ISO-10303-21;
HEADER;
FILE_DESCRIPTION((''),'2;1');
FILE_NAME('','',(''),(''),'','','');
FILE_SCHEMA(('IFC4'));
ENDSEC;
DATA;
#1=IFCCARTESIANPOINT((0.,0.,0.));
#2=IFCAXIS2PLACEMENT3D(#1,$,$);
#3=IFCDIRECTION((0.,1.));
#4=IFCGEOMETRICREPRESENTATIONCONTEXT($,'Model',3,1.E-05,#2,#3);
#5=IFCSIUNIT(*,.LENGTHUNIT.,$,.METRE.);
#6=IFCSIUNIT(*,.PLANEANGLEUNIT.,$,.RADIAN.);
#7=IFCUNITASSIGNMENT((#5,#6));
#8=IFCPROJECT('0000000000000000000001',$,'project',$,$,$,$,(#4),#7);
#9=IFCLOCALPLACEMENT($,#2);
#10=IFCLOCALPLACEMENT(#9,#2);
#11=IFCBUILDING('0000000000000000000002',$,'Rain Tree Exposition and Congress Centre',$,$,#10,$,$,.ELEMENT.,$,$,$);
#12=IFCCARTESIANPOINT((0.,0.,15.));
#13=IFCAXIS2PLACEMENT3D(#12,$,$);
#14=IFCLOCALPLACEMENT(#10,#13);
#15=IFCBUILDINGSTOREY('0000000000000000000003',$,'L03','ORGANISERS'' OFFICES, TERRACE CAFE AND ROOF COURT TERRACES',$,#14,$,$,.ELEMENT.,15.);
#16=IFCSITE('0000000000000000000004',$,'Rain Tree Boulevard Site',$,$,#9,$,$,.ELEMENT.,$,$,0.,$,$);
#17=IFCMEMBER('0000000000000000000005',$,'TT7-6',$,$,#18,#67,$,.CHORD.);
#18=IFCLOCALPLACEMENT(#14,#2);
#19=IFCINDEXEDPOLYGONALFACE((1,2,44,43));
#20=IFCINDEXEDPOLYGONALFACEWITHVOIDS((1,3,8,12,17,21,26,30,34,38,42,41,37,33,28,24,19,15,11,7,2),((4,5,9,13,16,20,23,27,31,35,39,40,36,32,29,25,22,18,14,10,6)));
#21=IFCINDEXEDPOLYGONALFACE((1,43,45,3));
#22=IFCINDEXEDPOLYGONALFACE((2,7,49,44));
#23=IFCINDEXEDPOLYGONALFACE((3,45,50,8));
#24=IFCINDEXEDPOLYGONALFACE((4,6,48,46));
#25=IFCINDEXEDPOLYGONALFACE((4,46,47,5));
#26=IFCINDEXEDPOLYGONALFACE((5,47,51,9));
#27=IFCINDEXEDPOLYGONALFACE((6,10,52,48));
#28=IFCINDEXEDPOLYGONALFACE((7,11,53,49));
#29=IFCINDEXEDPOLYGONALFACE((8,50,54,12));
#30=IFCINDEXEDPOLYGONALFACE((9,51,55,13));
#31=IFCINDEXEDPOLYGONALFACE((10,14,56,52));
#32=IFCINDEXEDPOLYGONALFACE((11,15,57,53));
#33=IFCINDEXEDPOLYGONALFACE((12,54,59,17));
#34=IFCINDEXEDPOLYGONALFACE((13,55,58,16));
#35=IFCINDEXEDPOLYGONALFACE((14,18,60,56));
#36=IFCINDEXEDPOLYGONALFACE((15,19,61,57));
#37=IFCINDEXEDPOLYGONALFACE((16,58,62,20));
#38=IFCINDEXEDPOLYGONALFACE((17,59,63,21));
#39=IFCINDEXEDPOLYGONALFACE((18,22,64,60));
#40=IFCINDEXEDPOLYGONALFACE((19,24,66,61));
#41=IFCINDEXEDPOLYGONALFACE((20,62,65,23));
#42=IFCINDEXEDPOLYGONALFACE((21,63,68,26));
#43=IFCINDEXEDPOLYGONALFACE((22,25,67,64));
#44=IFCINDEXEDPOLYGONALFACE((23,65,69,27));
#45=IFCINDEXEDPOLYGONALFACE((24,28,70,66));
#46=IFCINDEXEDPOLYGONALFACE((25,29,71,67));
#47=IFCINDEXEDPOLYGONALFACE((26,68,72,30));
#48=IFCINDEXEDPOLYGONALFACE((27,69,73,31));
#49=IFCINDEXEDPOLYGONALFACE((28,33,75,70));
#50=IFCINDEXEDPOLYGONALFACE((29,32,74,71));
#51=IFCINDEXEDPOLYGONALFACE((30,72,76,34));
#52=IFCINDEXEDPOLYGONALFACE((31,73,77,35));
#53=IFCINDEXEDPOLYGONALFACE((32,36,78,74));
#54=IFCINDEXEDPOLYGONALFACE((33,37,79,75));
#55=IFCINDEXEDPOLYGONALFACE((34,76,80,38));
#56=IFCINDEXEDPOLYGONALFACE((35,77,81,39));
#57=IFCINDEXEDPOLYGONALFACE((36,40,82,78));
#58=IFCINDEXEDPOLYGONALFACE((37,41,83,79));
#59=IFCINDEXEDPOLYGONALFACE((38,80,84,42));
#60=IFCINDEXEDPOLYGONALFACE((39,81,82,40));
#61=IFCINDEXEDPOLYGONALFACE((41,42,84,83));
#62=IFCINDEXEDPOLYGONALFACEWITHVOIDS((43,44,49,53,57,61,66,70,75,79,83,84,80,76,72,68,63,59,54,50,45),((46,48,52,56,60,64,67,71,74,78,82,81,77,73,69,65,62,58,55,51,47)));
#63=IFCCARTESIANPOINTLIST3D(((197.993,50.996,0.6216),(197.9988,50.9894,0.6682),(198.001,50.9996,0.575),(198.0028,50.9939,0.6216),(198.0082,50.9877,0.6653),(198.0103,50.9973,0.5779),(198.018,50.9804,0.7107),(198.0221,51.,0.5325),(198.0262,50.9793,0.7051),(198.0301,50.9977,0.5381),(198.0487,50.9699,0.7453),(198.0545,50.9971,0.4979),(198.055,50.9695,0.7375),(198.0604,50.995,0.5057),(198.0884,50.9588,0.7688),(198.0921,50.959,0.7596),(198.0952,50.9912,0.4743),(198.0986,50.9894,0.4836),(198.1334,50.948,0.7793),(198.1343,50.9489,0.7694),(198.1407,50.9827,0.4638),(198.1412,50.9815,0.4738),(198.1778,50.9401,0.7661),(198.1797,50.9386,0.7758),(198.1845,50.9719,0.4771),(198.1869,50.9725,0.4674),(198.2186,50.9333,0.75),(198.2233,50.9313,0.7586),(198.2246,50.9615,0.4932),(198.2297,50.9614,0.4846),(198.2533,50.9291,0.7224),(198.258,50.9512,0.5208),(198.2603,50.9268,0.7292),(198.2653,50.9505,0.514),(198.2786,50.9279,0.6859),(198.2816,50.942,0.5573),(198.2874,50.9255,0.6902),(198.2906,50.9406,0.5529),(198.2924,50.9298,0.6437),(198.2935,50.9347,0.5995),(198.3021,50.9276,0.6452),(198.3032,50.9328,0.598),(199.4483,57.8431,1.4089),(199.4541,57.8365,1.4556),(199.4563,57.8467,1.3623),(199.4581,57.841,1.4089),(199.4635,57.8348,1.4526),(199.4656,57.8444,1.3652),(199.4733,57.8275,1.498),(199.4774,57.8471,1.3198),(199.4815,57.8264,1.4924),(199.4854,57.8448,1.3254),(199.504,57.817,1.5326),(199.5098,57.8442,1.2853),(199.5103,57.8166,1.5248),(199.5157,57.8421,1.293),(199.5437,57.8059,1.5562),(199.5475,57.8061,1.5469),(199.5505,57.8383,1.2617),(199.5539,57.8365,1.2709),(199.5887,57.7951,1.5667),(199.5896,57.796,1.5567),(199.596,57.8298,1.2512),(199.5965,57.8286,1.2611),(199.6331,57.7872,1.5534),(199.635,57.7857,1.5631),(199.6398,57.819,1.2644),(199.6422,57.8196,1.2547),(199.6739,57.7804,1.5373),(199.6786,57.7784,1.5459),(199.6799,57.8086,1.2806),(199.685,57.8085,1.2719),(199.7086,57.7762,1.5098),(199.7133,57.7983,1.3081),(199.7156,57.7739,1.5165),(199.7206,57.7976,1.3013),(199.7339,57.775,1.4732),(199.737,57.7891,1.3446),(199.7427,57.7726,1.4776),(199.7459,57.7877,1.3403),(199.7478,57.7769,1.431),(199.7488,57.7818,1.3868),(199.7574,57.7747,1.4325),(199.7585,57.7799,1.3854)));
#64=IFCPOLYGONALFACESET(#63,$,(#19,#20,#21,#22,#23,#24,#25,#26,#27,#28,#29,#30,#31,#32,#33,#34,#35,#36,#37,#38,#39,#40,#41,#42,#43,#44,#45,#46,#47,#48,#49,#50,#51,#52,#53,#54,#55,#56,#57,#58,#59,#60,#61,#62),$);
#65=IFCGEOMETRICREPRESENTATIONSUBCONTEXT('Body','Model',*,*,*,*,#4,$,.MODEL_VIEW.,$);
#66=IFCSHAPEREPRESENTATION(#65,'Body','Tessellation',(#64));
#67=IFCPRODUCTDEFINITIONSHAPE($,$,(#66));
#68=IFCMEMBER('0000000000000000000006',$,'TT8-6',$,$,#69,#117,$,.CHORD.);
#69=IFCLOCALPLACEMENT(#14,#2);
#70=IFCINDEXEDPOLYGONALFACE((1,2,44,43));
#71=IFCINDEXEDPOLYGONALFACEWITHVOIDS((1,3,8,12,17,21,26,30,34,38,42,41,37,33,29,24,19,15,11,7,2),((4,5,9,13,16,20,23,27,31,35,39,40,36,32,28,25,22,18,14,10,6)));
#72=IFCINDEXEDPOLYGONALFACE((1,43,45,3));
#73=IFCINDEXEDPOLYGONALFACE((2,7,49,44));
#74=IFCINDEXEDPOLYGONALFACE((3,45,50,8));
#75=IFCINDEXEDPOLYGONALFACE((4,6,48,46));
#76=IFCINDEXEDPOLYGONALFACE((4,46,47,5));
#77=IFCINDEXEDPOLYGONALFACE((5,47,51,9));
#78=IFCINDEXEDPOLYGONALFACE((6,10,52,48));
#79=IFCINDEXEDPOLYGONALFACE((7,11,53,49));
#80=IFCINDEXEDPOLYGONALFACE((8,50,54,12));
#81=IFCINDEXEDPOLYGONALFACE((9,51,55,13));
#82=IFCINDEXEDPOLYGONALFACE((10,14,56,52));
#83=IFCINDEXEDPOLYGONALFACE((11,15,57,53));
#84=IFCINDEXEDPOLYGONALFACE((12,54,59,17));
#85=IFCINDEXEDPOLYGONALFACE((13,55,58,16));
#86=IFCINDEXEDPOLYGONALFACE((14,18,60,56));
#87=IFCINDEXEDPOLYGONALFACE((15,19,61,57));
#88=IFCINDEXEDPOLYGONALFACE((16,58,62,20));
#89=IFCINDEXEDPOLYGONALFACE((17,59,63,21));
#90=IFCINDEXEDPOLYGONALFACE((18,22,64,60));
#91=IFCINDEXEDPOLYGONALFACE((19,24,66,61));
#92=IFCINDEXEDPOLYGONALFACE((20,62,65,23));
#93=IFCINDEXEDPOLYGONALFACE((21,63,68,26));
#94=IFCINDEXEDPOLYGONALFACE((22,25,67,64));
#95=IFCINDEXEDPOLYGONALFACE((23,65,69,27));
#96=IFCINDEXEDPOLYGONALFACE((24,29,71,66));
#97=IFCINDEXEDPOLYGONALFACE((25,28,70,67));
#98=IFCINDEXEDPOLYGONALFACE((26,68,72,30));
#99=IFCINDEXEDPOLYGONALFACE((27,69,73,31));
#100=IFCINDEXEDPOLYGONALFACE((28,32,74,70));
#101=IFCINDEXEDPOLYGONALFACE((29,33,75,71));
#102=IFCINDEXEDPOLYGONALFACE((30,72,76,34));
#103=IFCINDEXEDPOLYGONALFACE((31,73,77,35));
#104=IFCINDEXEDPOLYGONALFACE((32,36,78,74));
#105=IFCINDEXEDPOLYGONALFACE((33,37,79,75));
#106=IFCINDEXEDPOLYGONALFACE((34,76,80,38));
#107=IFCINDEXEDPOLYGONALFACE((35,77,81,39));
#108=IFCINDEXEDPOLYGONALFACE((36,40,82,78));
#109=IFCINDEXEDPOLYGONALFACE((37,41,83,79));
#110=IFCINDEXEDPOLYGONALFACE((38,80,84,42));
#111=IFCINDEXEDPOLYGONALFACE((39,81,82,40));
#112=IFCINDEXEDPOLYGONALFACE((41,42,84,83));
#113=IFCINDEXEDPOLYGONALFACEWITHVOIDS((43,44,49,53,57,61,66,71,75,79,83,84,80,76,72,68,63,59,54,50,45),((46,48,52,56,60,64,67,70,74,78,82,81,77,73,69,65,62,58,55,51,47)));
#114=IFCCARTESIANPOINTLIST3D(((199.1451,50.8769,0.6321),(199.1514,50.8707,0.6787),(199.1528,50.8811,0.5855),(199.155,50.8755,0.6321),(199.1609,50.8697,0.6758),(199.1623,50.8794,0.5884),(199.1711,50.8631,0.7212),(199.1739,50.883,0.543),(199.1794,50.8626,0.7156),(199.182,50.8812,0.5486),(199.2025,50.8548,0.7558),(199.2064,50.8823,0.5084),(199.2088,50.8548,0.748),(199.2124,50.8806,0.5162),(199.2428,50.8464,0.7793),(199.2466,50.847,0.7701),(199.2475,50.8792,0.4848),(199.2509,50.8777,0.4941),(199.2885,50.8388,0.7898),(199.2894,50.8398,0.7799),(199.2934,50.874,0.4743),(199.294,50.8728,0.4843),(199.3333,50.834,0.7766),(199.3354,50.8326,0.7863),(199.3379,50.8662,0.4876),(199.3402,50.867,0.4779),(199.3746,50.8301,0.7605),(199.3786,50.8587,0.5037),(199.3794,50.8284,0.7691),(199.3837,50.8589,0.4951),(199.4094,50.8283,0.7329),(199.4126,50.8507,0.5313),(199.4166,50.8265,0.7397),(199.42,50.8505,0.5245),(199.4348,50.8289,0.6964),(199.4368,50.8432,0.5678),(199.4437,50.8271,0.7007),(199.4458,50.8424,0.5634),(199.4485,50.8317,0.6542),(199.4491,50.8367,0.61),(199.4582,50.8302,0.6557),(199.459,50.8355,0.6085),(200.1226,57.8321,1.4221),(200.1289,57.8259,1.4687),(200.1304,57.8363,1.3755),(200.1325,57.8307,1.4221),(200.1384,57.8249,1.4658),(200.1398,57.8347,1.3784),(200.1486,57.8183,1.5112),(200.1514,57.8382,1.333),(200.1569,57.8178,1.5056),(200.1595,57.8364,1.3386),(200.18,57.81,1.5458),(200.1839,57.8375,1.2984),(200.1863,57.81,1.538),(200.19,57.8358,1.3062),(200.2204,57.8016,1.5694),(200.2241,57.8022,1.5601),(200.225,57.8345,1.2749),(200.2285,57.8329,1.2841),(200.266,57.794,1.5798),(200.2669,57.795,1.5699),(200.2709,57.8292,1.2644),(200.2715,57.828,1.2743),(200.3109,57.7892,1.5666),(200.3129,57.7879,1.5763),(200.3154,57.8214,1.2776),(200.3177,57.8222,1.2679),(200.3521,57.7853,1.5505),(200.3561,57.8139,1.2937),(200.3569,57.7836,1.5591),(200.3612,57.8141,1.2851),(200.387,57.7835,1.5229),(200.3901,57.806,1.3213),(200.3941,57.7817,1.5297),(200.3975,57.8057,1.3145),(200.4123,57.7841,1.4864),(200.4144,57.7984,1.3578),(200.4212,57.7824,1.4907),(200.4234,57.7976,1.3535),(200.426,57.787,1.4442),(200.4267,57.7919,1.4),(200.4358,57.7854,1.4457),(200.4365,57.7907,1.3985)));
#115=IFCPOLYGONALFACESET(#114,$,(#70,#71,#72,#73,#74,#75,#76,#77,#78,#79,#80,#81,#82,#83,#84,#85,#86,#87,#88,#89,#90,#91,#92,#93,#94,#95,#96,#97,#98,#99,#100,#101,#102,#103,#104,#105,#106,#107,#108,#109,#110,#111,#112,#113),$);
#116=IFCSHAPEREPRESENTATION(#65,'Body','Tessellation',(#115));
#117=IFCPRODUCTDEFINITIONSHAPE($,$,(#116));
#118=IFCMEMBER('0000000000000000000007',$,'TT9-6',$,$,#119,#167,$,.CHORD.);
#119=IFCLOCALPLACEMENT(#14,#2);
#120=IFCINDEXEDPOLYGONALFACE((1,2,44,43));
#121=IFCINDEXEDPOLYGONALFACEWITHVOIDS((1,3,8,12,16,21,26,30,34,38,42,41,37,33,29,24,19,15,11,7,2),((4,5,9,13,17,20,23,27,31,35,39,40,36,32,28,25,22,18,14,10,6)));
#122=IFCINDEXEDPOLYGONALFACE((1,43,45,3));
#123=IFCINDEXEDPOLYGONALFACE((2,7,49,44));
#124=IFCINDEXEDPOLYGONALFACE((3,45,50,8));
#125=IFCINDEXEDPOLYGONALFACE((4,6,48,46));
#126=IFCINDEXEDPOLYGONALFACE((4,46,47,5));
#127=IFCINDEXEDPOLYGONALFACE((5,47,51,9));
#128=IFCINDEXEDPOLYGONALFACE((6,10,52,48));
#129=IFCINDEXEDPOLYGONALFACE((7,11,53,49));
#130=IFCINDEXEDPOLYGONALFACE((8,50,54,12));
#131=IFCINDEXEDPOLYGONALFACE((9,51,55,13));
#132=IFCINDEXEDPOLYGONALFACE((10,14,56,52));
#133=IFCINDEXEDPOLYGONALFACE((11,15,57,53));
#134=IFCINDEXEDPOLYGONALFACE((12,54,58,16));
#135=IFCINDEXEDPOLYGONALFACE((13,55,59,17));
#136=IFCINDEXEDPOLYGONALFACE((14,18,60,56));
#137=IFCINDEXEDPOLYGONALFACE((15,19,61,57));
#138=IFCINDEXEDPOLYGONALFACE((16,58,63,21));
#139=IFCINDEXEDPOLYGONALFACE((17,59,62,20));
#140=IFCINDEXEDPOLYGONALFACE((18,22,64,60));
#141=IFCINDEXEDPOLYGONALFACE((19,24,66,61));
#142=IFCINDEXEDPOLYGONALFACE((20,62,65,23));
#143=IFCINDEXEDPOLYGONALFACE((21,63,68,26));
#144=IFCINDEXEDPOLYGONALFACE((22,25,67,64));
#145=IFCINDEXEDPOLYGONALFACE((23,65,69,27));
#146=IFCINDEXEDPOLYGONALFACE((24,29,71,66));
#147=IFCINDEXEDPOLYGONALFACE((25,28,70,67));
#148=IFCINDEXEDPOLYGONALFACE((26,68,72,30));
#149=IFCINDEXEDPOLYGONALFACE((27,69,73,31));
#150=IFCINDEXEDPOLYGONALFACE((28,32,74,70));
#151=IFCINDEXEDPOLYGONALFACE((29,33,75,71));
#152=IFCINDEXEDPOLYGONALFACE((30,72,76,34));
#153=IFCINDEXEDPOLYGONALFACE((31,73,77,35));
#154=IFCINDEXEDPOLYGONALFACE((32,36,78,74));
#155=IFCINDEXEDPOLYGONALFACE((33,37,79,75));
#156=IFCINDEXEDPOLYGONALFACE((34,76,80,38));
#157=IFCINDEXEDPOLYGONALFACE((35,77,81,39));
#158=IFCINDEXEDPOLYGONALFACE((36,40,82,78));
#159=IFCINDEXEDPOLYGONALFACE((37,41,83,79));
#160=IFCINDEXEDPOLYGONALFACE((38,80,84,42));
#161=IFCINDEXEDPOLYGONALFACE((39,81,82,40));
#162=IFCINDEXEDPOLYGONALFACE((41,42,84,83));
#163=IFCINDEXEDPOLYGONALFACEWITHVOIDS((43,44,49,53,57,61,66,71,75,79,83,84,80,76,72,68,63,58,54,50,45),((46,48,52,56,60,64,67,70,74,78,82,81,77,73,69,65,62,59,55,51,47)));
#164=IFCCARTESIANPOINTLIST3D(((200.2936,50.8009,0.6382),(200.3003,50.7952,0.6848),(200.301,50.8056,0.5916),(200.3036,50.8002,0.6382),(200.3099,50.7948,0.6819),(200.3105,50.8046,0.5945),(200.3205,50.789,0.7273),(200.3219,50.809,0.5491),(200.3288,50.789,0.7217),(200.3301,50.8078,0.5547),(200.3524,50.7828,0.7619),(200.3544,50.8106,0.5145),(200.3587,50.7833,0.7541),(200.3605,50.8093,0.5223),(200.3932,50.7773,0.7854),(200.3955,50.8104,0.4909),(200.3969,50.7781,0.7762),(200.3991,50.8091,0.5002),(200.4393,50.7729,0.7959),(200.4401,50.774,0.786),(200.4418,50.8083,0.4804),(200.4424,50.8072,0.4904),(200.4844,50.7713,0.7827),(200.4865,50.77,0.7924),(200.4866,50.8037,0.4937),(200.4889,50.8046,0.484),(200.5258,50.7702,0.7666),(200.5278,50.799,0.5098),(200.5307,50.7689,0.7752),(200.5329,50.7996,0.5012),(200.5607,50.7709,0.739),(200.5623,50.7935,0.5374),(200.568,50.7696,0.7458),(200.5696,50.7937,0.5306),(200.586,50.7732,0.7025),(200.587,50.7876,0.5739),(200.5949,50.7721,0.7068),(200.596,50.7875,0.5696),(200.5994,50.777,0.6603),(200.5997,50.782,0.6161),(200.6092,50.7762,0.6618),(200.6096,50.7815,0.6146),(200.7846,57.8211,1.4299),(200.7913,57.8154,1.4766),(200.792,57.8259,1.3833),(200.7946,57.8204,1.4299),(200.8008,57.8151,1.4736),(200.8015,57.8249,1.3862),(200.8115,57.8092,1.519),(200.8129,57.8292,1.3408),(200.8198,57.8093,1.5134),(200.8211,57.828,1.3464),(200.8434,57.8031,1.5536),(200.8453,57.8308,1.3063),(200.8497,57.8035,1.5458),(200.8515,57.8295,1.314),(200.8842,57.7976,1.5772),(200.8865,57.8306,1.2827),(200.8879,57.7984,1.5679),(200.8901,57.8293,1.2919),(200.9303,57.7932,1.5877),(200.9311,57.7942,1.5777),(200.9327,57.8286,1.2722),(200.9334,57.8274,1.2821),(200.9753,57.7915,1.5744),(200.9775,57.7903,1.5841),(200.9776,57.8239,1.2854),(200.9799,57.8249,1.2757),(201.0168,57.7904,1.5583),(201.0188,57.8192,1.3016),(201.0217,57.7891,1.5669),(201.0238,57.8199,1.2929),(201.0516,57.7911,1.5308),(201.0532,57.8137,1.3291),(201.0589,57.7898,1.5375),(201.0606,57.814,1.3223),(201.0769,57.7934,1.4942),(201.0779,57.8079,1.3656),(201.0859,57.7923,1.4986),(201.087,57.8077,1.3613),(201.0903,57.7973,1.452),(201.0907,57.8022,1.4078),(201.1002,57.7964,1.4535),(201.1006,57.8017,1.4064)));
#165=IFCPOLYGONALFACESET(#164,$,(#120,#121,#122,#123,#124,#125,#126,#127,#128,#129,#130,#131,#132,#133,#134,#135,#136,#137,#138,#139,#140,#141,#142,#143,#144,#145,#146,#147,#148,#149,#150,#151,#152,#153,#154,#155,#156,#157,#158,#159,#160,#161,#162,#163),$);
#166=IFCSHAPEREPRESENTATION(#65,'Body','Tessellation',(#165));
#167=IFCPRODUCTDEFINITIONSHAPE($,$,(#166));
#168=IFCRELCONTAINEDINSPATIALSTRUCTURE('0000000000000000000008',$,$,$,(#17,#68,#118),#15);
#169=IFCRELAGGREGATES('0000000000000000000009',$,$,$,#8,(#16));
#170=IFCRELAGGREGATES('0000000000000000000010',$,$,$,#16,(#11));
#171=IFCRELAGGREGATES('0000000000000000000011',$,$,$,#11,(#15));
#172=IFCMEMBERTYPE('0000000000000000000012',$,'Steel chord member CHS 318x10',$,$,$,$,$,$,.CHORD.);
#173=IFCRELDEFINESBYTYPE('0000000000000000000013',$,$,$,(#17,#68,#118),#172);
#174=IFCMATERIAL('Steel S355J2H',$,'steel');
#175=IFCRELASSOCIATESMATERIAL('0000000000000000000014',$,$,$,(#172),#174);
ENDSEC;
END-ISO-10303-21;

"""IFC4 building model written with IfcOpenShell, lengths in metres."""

from ifc_helpers import new_model, si_unit, direction, frame, origin, origin_2d, place, context, subcontext, project, spatial, hollow_circle, extrude, material, material_profile, profile_set, type_object, element, save


model = new_model("IFC4")

# Units and contexts
model_context = context("Model", 3, precision=1e-05, world=origin(), true_north=direction((0.0, 1.0)))
body_context = subcontext(model_context, "Body", "Model", "MODEL_VIEW")
ifc_project = project(units=[si_unit("LENGTHUNIT", "METRE"), si_unit("PLANEANGLEUNIT", "RADIAN")], contexts=[model_context])

# Site, building, storey
site_placement = place(None, origin())
site = spatial("IfcSite", under=ifc_project, at=site_placement, Name="Rain Tree Boulevard Site", CompositionType="ELEMENT", RefElevation=0.0)
building_placement = place(site_placement, origin())
building = spatial("IfcBuilding", under=site, at=building_placement, Name="Rain Tree Exposition and Congress Centre", CompositionType="ELEMENT")
storey_placement = place(building_placement, frame((0.0, 0.0, 15.0)))
storey = spatial("IfcBuildingStorey", under=building, at=storey_placement, Name="L03", Description="ORGANISERS' OFFICES, TERRACE CAFE AND ROOF COURT TERRACES", CompositionType="ELEMENT", Elevation=15.0)

# Members
ifc_material_1 = material(Name="Steel S355J2H", Category="steel")
ifc_material_profile_1 = material_profile(ifc_material_1, hollow_circle(Radius=0.1592, WallThickness=0.01, at=origin_2d()), Name="CHS 318x10")
ifc_profile_set_1 = profile_set([ifc_material_profile_1], Name="Steel S355J2H")
member_type_1 = type_object("IfcMemberType", Name="Steel chord member CHS 318x10", PredefinedType="CHORD", material=ifc_profile_set_1)
member_1_placement = place(storey_placement, frame((198.1487, 50.9629, 0.6216), z_axis=(0.206597, 0.972021, 0.111772), x_axis=(-0.97815, 0.2079, 0.0)))
element("IfcMember", 1, at=member_1_placement, inside=storey, type_object=member_type_1, Name="TT7-6", PredefinedType="CHORD", context=body_context, shape_type="SweptSolid", body=[
    extrude(hollow_circle(Radius=0.1592, WallThickness=0.01, at=origin_2d()), origin(), (0.0, 0.0, 1.0), 7.0442),
])
member_2_placement = place(storey_placement, frame((199.3027, 50.8547, 0.6321), z_axis=(0.138305, 0.984062, 0.111777), x_axis=(-0.990267, 0.139178, 0.0)))
element("IfcMember", 2, at=member_2_placement, inside=storey, type_object=member_type_1, Name="TT8-6", PredefinedType="CHORD", context=body_context, shape_type="SweptSolid", body=[
    extrude(hollow_circle(Radius=0.1592, WallThickness=0.01, at=origin_2d()), origin(), (0.0, 0.0, 1.0), 7.0679),
])
member_3_placement = place(storey_placement, frame((200.4524, 50.7898, 0.6382), z_axis=(0.069328, 0.991309, 0.1118), x_axis=(-0.997563, 0.069765, 0.0)))
element("IfcMember", 3, at=member_3_placement, inside=storey, type_object=member_type_1, Name="TT9-6", PredefinedType="CHORD", context=body_context, shape_type="SweptSolid", body=[
    extrude(hollow_circle(Radius=0.1592, WallThickness=0.01, at=origin_2d()), origin(), (0.0, 0.0, 1.0), 7.0818),
])

save(model, "model.ifc")
